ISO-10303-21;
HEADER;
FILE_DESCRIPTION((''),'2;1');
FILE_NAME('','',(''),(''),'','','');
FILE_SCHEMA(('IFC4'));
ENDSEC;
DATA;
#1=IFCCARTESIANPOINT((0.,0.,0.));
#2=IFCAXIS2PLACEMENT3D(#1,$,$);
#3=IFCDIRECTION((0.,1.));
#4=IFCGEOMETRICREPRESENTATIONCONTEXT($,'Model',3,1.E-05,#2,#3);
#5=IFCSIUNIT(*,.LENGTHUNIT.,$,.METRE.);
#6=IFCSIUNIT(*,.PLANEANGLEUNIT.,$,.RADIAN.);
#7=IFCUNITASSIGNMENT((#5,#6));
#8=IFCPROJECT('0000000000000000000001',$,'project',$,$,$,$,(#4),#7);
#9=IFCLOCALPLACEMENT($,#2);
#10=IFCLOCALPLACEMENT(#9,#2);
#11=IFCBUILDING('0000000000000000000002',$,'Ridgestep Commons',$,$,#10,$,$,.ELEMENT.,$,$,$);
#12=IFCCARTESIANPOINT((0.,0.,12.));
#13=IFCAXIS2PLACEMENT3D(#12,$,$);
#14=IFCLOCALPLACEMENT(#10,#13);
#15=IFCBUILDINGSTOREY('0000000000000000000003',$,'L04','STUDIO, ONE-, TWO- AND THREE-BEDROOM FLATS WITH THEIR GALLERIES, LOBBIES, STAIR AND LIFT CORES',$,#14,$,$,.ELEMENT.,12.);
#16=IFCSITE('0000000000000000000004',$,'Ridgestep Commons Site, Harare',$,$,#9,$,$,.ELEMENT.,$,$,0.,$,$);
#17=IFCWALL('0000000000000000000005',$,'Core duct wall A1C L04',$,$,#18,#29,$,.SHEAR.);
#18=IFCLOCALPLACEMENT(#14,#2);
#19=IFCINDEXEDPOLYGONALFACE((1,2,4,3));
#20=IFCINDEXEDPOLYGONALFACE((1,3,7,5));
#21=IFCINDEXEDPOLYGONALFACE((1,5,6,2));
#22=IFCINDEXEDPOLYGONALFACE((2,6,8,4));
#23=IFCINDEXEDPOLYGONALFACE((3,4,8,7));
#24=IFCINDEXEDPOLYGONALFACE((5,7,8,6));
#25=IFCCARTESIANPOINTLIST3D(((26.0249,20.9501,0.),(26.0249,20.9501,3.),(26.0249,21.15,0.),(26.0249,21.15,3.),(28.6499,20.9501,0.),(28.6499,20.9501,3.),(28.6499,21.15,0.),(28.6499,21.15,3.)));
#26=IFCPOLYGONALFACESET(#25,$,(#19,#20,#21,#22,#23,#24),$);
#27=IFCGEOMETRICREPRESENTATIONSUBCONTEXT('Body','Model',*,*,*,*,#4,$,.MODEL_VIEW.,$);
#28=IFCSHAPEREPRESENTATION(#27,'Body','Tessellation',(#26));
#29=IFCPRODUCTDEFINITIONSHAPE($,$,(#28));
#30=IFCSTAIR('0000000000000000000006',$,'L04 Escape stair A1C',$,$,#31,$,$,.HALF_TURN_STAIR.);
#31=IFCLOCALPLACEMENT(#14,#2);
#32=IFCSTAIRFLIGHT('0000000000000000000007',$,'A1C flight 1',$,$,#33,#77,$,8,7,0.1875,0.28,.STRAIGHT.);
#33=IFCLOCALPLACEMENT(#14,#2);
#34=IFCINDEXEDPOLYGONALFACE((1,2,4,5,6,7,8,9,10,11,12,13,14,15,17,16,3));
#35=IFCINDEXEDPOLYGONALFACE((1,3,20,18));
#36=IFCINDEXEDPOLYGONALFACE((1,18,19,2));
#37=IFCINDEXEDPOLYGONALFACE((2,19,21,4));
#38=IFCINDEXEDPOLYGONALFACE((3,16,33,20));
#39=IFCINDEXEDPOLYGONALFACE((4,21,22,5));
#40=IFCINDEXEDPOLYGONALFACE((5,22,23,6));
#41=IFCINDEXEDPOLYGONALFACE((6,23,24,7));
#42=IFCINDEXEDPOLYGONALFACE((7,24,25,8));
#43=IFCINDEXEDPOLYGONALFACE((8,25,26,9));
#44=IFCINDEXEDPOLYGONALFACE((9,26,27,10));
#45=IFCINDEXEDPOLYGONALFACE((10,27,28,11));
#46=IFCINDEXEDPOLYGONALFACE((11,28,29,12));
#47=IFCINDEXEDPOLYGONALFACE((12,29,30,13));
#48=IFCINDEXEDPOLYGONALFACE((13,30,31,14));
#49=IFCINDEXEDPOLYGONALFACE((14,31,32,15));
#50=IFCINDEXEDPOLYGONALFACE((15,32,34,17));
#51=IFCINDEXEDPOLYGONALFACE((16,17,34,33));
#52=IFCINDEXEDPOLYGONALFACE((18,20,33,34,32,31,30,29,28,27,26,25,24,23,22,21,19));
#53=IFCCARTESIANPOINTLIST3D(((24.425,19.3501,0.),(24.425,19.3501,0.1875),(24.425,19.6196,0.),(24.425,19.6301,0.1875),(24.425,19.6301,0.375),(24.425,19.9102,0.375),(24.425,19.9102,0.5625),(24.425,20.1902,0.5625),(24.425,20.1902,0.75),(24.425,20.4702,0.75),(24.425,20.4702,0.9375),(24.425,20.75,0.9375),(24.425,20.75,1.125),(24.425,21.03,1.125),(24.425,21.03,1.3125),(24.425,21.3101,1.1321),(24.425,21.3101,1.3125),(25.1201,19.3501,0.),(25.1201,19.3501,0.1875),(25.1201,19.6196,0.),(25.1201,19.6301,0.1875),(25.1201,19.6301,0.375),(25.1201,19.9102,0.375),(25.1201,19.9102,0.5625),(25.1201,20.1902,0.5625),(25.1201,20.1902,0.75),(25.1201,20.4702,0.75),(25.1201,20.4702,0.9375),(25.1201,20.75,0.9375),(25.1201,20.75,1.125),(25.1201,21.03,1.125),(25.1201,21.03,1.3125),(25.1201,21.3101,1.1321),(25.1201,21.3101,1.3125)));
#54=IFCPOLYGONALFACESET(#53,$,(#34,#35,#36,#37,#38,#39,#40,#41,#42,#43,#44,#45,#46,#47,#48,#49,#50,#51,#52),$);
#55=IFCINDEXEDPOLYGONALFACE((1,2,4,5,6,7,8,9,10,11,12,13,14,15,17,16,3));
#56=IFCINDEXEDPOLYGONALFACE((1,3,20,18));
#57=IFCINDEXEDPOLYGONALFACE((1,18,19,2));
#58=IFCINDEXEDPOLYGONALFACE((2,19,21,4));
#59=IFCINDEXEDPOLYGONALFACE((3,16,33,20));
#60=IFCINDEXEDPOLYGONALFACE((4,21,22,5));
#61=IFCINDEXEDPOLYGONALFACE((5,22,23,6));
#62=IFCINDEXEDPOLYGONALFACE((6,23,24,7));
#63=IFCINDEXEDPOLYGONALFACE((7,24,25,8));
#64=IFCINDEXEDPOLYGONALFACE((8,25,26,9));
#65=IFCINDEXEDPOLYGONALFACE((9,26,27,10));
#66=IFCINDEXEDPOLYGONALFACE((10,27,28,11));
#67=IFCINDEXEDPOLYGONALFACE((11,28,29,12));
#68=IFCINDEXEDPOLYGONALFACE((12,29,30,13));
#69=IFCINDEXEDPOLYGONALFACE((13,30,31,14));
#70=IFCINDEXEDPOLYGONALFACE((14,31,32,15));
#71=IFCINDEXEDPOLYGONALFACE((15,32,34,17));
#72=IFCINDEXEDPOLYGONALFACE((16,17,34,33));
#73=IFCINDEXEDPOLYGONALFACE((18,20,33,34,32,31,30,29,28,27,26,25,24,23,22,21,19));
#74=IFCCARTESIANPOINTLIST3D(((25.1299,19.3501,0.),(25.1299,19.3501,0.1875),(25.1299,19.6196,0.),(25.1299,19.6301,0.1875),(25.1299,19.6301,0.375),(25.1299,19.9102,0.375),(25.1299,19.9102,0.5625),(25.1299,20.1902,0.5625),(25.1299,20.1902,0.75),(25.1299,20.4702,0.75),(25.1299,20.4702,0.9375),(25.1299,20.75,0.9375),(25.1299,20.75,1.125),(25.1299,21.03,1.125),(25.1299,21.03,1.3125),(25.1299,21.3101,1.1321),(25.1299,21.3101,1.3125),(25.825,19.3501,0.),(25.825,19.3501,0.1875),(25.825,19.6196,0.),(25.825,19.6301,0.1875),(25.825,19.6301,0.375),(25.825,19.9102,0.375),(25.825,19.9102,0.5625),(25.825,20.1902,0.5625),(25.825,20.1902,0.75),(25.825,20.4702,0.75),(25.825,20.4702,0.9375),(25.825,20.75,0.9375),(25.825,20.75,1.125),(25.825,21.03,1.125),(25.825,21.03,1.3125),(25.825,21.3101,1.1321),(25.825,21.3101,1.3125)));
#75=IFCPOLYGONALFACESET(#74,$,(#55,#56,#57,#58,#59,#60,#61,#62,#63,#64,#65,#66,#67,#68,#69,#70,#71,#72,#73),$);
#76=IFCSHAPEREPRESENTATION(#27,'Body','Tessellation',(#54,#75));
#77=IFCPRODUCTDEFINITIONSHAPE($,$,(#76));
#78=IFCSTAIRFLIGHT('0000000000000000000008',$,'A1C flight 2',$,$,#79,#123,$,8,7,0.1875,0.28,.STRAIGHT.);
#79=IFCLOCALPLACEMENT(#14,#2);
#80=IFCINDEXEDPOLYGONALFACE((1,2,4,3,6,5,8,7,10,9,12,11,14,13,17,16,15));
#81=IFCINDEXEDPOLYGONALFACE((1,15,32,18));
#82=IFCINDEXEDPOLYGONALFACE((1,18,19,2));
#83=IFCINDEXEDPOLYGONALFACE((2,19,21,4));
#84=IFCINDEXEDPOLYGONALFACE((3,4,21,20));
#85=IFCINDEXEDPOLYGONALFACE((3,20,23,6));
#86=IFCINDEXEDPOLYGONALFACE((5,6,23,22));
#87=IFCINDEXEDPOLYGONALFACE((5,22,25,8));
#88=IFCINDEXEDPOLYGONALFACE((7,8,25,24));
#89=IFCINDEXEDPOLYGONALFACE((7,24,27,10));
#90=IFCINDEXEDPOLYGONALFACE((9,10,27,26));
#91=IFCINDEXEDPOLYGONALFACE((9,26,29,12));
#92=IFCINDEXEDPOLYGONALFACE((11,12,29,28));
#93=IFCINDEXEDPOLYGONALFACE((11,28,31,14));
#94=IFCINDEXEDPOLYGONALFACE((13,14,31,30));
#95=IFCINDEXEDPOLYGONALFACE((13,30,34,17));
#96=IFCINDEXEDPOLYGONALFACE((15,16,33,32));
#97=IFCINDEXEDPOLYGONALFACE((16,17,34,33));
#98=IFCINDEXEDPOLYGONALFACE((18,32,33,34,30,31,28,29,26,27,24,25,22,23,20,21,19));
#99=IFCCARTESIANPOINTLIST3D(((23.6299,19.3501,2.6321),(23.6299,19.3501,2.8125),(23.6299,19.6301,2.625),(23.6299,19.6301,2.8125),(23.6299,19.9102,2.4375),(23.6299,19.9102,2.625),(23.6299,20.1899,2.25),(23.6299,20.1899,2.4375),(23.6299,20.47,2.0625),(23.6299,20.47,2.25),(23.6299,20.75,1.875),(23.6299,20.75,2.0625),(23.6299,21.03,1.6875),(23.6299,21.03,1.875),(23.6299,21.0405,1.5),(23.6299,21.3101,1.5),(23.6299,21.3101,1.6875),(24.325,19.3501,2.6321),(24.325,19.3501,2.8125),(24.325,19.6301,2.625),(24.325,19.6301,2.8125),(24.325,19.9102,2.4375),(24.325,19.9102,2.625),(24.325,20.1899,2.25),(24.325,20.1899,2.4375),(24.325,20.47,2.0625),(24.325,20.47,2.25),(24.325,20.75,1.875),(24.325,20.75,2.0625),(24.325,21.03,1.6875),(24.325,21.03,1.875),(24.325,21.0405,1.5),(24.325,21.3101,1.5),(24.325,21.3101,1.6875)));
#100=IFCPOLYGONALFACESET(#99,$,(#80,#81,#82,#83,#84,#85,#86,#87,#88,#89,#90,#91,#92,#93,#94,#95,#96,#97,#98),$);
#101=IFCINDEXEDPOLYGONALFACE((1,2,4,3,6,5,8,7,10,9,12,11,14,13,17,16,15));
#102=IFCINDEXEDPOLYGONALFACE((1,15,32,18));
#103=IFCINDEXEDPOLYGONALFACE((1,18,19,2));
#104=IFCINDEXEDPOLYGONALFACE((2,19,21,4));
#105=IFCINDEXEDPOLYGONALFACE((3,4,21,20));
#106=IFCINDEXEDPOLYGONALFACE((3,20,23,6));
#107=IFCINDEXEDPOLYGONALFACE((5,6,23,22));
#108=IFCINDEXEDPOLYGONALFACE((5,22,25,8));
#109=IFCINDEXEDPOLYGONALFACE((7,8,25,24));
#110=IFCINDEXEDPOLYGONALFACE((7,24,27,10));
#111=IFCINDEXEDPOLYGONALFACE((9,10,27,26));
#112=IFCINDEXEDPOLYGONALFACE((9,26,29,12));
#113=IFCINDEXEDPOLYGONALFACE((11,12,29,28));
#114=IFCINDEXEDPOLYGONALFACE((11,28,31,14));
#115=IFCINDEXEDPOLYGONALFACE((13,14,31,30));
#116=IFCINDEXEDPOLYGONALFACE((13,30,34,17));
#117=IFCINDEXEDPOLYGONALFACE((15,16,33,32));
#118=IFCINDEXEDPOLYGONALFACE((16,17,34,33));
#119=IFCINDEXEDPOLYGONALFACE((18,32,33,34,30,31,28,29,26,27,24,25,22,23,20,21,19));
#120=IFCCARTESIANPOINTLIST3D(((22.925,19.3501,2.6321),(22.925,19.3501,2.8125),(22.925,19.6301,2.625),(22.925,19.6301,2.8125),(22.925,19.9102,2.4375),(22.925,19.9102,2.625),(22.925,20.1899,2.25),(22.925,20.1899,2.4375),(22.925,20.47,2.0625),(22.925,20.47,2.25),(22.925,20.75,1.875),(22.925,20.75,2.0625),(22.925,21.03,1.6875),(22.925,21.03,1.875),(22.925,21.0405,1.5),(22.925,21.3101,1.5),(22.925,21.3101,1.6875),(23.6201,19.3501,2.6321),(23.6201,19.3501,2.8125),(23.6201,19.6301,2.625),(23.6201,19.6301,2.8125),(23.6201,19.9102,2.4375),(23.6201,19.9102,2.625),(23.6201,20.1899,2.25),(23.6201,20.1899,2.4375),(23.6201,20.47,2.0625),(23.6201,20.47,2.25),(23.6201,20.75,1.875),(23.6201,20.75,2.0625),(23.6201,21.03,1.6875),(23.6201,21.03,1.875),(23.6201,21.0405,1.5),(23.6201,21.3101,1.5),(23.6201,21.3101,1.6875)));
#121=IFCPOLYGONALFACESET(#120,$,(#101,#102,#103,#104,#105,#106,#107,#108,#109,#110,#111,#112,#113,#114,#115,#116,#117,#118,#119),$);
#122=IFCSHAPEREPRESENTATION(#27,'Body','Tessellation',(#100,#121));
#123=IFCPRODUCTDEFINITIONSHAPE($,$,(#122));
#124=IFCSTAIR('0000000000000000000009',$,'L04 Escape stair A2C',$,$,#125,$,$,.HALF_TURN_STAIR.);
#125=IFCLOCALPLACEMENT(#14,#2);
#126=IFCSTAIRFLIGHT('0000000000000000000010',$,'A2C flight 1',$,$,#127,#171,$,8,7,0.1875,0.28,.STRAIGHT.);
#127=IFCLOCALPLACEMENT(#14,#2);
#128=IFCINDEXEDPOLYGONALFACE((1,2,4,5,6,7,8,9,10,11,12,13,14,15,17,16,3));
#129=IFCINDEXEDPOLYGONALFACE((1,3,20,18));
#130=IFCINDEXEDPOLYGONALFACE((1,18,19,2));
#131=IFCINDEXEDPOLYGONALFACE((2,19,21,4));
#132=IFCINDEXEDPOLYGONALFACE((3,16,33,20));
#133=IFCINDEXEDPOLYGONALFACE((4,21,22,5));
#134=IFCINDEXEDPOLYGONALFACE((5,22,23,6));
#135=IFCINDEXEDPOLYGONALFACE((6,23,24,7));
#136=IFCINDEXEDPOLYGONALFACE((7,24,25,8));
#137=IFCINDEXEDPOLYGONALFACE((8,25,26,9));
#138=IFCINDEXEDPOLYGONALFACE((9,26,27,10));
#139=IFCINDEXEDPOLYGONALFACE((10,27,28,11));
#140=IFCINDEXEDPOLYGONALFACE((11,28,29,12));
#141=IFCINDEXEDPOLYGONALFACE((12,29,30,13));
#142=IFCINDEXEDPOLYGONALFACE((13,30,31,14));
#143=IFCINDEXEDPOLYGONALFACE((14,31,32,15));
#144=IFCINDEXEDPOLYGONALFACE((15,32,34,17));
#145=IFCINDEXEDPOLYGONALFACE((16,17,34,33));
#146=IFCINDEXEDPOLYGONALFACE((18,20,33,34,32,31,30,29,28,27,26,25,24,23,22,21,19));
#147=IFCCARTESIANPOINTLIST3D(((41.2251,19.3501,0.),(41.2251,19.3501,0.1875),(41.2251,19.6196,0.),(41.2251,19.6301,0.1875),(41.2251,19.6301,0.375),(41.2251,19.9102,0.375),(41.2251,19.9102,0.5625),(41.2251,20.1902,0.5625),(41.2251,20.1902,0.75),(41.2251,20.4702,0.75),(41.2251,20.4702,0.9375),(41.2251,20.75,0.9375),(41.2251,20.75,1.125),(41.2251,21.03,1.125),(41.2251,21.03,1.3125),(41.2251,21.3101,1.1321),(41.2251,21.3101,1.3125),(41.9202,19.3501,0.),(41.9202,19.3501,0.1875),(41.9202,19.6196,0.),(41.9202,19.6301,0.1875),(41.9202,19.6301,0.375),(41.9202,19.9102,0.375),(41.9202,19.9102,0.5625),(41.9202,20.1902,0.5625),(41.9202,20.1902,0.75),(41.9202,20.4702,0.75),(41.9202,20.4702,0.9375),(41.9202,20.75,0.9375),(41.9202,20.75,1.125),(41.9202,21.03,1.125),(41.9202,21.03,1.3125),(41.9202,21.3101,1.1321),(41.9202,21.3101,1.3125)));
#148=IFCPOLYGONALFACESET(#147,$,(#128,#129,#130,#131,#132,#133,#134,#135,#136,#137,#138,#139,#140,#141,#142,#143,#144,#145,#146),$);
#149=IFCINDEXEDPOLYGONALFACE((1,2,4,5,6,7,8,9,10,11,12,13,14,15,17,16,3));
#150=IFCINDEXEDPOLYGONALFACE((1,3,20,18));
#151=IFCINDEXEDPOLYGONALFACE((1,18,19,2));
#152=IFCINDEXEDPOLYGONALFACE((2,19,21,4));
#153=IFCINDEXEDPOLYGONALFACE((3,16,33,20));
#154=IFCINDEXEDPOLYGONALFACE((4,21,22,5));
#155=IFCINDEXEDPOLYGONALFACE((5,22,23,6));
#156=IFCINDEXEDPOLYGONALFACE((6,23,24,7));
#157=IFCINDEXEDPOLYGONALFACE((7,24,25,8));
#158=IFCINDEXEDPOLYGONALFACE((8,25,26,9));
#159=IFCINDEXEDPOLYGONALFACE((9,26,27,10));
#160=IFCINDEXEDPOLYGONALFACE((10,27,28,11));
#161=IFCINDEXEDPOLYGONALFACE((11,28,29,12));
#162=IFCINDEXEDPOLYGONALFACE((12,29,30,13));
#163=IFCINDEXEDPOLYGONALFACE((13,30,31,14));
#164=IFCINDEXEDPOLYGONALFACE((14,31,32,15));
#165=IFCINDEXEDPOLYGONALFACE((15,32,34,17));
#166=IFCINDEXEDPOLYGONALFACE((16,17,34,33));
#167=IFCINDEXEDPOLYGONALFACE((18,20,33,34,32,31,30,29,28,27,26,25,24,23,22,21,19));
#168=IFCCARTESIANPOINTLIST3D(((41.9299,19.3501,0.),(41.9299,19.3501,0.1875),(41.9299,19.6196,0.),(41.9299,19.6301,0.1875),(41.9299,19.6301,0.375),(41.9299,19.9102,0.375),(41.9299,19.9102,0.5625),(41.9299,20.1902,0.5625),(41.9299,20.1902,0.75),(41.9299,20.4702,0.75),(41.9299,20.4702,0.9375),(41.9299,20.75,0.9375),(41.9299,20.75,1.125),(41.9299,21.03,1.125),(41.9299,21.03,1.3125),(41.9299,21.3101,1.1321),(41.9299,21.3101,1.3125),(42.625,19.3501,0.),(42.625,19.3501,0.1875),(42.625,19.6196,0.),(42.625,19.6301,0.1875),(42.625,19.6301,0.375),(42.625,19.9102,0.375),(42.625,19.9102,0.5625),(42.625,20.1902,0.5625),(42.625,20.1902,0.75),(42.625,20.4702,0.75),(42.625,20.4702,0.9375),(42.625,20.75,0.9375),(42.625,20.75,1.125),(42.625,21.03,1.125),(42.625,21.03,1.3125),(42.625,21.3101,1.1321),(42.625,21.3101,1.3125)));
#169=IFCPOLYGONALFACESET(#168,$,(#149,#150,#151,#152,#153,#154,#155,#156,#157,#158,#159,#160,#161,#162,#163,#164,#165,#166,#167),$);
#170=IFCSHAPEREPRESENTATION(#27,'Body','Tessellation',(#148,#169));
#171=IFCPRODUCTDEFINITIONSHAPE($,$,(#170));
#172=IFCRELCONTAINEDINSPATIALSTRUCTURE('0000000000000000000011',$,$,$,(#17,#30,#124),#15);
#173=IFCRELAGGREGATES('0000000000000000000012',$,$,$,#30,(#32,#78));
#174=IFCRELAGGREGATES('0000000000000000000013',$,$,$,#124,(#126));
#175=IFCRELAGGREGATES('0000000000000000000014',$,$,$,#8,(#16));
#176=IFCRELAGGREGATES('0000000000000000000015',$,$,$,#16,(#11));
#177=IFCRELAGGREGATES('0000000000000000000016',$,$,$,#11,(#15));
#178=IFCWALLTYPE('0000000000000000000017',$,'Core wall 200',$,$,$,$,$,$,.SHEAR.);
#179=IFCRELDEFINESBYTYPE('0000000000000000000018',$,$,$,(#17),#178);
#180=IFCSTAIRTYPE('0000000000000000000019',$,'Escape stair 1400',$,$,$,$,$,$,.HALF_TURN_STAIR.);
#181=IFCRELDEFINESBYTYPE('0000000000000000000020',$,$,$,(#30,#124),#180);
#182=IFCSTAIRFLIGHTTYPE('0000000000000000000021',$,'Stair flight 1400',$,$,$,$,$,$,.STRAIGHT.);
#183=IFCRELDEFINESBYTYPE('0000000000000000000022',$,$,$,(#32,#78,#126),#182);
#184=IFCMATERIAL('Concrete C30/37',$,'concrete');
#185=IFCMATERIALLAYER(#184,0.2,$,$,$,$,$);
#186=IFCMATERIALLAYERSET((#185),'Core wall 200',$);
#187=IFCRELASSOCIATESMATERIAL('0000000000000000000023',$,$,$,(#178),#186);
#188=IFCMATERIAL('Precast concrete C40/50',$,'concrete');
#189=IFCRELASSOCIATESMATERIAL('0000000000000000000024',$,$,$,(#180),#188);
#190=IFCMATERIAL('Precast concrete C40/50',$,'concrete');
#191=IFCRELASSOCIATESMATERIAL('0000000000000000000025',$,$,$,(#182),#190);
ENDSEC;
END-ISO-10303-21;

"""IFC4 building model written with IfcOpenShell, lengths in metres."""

from ifc_helpers import new_model, si_unit, direction, frame, frame_2d, origin, place, context, subcontext, project, spatial, polyline, rectangle, outline, extrude, material, layer, layer_set, type_object, element, aggregate, save


model = new_model("IFC4")

# Units and contexts
model_context = context("Model", 3, precision=1e-05, world=origin(), true_north=direction((0.0, 1.0)))
body_context = subcontext(model_context, "Body", "Model", "MODEL_VIEW")
ifc_project = project(units=[si_unit("LENGTHUNIT", "METRE"), si_unit("PLANEANGLEUNIT", "RADIAN")], contexts=[model_context])

# Site, building, storey
site_placement = place(None, origin())
site = spatial("IfcSite", under=ifc_project, at=site_placement, Name="Ridgestep Commons Site, Harare", CompositionType="ELEMENT", RefElevation=0.0)
building_placement = place(site_placement, origin())
building = spatial("IfcBuilding", under=site, at=building_placement, Name="Ridgestep Commons", CompositionType="ELEMENT")
storey_placement = place(building_placement, frame((0.0, 0.0, 12.0)))
storey = spatial("IfcBuildingStorey", under=building, at=storey_placement, Name="L04", Description="STUDIO, ONE-, TWO- AND THREE-BEDROOM FLATS WITH THEIR GALLERIES, LOBBIES, STAIR AND LIFT CORES", CompositionType="ELEMENT", Elevation=12.0)

# Wall
ifc_material_1 = material(Name="Concrete C30/37", Category="concrete")
ifc_layer_1 = layer(ifc_material_1, 0.2)
ifc_layer_set_1 = layer_set([ifc_layer_1], Name="Core wall 200")
wall_type = type_object("IfcWallType", Name="Core wall 200", PredefinedType="SHEAR", material=ifc_layer_set_1)
wall_placement = place(storey_placement, frame((26.0249, 21.05, 0.0), z_axis=(0.0, 0.0, 1.0), x_axis=(1.0, 0.0, 0.0)))
element("IfcWall", 1, at=wall_placement, inside=storey, type_object=wall_type, Name="Core duct wall A1C L04", PredefinedType="SHEAR", context=body_context, shape_type="SweptSolid", body=[
    extrude(rectangle(XDim=2.625, YDim=0.2, at=frame_2d((1.3125, 0.0))), origin(), (0.0, 0.0, 1.0), 3.0),
])

# Stairs, stair flights
ifc_material_2 = material(Name="Precast concrete C40/50", Category="concrete")
stair_type = type_object("IfcStairType", Name="Escape stair 1400", PredefinedType="HALF_TURN_STAIR", material=ifc_material_2)
stair_1_placement = place(storey_placement, origin())
stair_1 = element("IfcStair", 2, at=stair_1_placement, inside=storey, type_object=stair_type, Name="L04 Escape stair A1C", PredefinedType="HALF_TURN_STAIR")
ifc_material_3 = material(Name="Precast concrete C40/50", Category="concrete")
stair_flight_type = type_object("IfcStairFlightType", Name="Stair flight 1400", PredefinedType="STRAIGHT", material=ifc_material_3)
stair_flight_1_placement = place(storey_placement, frame((25.125, 19.3501, 0.0), z_axis=(0.0, 0.0, 1.0), x_axis=(0.0, 1.0, 0.0)))
stair_flight_1 = element("IfcStairFlight", 3, at=stair_flight_1_placement, type_object=stair_flight_type, Name="A1C flight 1", NumberOfRisers=8, NumberOfTreads=7, PredefinedType="STRAIGHT", RiserHeight=0.1875, TreadLength=0.28, context=body_context, shape_type="SweptSolid", body=[
    extrude(outline(polyline([(0.0, 0.0), (0.0, 0.1875), (0.28, 0.1875), (0.28, 0.375), (0.5601, 0.375), (0.5601, 0.5625), (0.8401, 0.5625), (0.8401, 0.75), (1.1201, 0.75), (1.1201, 0.9375), (1.3999, 0.9375), (1.3999, 1.125), (1.6799, 1.125), (1.6799, 1.3125), (1.96, 1.3125), (1.96, 1.5), (1.96, 1.1321), (0.2695, 0.0), (0.0, 0.0)])), frame((0.0, 0.7, 0.0), z_axis=(0.0, -1.0, 0.0), x_axis=(1.0, 0.0, 0.0)), (0.0, 0.0, 1.0), 0.6951),
    extrude(outline(polyline([(0.0, 0.0), (0.0, 0.1875), (0.28, 0.1875), (0.28, 0.375), (0.5601, 0.375), (0.5601, 0.5625), (0.8401, 0.5625), (0.8401, 0.75), (1.1201, 0.75), (1.1201, 0.9375), (1.3999, 0.9375), (1.3999, 1.125), (1.6799, 1.125), (1.6799, 1.3125), (1.96, 1.3125), (1.96, 1.5), (1.96, 1.1321), (0.2695, 0.0), (0.0, 0.0)])), frame((0.0, -0.0049, 0.0), z_axis=(0.0, -1.0, 0.0), x_axis=(1.0, 0.0, 0.0)), (0.0, 0.0, 1.0), 0.6951),
])
stair_flight_2_placement = place(storey_placement, frame((23.625, 21.3101, 1.5), z_axis=(0.0, 0.0, 1.0), x_axis=(0.0, -1.0, 0.0)))
stair_flight_2 = element("IfcStairFlight", 4, at=stair_flight_2_placement, type_object=stair_flight_type, Name="A1C flight 2", NumberOfRisers=8, NumberOfTreads=7, PredefinedType="STRAIGHT", RiserHeight=0.1875, TreadLength=0.28, context=body_context, shape_type="SweptSolid", body=[
    extrude(outline(polyline([(0.0, 0.0), (0.0, 0.1875), (0.28, 0.1875), (0.28, 0.375), (0.5601, 0.375), (0.5601, 0.5625), (0.8401, 0.5625), (0.8401, 0.75), (1.1201, 0.75), (1.1201, 0.9375), (1.3999, 0.9375), (1.3999, 1.125), (1.6799, 1.125), (1.6799, 1.3125), (1.96, 1.3125), (1.96, 1.5), (1.96, 1.1321), (0.2695, 0.0), (0.0, 0.0)])), frame((0.0, 0.7, 0.0), z_axis=(0.0, -1.0, 0.0), x_axis=(1.0, 0.0, 0.0)), (0.0, 0.0, 1.0), 0.6951),
    extrude(outline(polyline([(0.0, 0.0), (0.0, 0.1875), (0.28, 0.1875), (0.28, 0.375), (0.5601, 0.375), (0.5601, 0.5625), (0.8401, 0.5625), (0.8401, 0.75), (1.1201, 0.75), (1.1201, 0.9375), (1.3999, 0.9375), (1.3999, 1.125), (1.6799, 1.125), (1.6799, 1.3125), (1.96, 1.3125), (1.96, 1.5), (1.96, 1.1321), (0.2695, 0.0), (0.0, 0.0)])), frame((0.0, -0.0049, 0.0), z_axis=(0.0, -1.0, 0.0), x_axis=(1.0, 0.0, 0.0)), (0.0, 0.0, 1.0), 0.6951),
])
aggregate(stair_1, [stair_flight_1, stair_flight_2])
stair_2_placement = place(storey_placement, origin())
stair_2 = element("IfcStair", 5, at=stair_2_placement, inside=storey, type_object=stair_type, Name="L04 Escape stair A2C", PredefinedType="HALF_TURN_STAIR")
stair_flight_3_placement = place(storey_placement, frame((41.925, 19.3501, 0.0), z_axis=(0.0, 0.0, 1.0), x_axis=(0.0, 1.0, 0.0)))
stair_flight_3 = element("IfcStairFlight", 6, at=stair_flight_3_placement, type_object=stair_flight_type, Name="A2C flight 1", NumberOfRisers=8, NumberOfTreads=7, PredefinedType="STRAIGHT", RiserHeight=0.1875, TreadLength=0.28, context=body_context, shape_type="SweptSolid", body=[
    extrude(outline(polyline([(0.0, 0.0), (0.0, 0.1875), (0.28, 0.1875), (0.28, 0.375), (0.5601, 0.375), (0.5601, 0.5625), (0.8401, 0.5625), (0.8401, 0.75), (1.1201, 0.75), (1.1201, 0.9375), (1.3999, 0.9375), (1.3999, 1.125), (1.6799, 1.125), (1.6799, 1.3125), (1.96, 1.3125), (1.96, 1.5), (1.96, 1.1321), (0.2695, 0.0), (0.0, 0.0)])), frame((0.0, 0.7, 0.0), z_axis=(0.0, -1.0, 0.0), x_axis=(1.0, 0.0, 0.0)), (0.0, 0.0, 1.0), 0.6951),
    extrude(outline(polyline([(0.0, 0.0), (0.0, 0.1875), (0.28, 0.1875), (0.28, 0.375), (0.5601, 0.375), (0.5601, 0.5625), (0.8401, 0.5625), (0.8401, 0.75), (1.1201, 0.75), (1.1201, 0.9375), (1.3999, 0.9375), (1.3999, 1.125), (1.6799, 1.125), (1.6799, 1.3125), (1.96, 1.3125), (1.96, 1.5), (1.96, 1.1321), (0.2695, 0.0), (0.0, 0.0)])), frame((0.0, -0.0049, 0.0), z_axis=(0.0, -1.0, 0.0), x_axis=(1.0, 0.0, 0.0)), (0.0, 0.0, 1.0), 0.6951),
])
aggregate(stair_2, [stair_flight_3])

save(model, "model.ifc")
